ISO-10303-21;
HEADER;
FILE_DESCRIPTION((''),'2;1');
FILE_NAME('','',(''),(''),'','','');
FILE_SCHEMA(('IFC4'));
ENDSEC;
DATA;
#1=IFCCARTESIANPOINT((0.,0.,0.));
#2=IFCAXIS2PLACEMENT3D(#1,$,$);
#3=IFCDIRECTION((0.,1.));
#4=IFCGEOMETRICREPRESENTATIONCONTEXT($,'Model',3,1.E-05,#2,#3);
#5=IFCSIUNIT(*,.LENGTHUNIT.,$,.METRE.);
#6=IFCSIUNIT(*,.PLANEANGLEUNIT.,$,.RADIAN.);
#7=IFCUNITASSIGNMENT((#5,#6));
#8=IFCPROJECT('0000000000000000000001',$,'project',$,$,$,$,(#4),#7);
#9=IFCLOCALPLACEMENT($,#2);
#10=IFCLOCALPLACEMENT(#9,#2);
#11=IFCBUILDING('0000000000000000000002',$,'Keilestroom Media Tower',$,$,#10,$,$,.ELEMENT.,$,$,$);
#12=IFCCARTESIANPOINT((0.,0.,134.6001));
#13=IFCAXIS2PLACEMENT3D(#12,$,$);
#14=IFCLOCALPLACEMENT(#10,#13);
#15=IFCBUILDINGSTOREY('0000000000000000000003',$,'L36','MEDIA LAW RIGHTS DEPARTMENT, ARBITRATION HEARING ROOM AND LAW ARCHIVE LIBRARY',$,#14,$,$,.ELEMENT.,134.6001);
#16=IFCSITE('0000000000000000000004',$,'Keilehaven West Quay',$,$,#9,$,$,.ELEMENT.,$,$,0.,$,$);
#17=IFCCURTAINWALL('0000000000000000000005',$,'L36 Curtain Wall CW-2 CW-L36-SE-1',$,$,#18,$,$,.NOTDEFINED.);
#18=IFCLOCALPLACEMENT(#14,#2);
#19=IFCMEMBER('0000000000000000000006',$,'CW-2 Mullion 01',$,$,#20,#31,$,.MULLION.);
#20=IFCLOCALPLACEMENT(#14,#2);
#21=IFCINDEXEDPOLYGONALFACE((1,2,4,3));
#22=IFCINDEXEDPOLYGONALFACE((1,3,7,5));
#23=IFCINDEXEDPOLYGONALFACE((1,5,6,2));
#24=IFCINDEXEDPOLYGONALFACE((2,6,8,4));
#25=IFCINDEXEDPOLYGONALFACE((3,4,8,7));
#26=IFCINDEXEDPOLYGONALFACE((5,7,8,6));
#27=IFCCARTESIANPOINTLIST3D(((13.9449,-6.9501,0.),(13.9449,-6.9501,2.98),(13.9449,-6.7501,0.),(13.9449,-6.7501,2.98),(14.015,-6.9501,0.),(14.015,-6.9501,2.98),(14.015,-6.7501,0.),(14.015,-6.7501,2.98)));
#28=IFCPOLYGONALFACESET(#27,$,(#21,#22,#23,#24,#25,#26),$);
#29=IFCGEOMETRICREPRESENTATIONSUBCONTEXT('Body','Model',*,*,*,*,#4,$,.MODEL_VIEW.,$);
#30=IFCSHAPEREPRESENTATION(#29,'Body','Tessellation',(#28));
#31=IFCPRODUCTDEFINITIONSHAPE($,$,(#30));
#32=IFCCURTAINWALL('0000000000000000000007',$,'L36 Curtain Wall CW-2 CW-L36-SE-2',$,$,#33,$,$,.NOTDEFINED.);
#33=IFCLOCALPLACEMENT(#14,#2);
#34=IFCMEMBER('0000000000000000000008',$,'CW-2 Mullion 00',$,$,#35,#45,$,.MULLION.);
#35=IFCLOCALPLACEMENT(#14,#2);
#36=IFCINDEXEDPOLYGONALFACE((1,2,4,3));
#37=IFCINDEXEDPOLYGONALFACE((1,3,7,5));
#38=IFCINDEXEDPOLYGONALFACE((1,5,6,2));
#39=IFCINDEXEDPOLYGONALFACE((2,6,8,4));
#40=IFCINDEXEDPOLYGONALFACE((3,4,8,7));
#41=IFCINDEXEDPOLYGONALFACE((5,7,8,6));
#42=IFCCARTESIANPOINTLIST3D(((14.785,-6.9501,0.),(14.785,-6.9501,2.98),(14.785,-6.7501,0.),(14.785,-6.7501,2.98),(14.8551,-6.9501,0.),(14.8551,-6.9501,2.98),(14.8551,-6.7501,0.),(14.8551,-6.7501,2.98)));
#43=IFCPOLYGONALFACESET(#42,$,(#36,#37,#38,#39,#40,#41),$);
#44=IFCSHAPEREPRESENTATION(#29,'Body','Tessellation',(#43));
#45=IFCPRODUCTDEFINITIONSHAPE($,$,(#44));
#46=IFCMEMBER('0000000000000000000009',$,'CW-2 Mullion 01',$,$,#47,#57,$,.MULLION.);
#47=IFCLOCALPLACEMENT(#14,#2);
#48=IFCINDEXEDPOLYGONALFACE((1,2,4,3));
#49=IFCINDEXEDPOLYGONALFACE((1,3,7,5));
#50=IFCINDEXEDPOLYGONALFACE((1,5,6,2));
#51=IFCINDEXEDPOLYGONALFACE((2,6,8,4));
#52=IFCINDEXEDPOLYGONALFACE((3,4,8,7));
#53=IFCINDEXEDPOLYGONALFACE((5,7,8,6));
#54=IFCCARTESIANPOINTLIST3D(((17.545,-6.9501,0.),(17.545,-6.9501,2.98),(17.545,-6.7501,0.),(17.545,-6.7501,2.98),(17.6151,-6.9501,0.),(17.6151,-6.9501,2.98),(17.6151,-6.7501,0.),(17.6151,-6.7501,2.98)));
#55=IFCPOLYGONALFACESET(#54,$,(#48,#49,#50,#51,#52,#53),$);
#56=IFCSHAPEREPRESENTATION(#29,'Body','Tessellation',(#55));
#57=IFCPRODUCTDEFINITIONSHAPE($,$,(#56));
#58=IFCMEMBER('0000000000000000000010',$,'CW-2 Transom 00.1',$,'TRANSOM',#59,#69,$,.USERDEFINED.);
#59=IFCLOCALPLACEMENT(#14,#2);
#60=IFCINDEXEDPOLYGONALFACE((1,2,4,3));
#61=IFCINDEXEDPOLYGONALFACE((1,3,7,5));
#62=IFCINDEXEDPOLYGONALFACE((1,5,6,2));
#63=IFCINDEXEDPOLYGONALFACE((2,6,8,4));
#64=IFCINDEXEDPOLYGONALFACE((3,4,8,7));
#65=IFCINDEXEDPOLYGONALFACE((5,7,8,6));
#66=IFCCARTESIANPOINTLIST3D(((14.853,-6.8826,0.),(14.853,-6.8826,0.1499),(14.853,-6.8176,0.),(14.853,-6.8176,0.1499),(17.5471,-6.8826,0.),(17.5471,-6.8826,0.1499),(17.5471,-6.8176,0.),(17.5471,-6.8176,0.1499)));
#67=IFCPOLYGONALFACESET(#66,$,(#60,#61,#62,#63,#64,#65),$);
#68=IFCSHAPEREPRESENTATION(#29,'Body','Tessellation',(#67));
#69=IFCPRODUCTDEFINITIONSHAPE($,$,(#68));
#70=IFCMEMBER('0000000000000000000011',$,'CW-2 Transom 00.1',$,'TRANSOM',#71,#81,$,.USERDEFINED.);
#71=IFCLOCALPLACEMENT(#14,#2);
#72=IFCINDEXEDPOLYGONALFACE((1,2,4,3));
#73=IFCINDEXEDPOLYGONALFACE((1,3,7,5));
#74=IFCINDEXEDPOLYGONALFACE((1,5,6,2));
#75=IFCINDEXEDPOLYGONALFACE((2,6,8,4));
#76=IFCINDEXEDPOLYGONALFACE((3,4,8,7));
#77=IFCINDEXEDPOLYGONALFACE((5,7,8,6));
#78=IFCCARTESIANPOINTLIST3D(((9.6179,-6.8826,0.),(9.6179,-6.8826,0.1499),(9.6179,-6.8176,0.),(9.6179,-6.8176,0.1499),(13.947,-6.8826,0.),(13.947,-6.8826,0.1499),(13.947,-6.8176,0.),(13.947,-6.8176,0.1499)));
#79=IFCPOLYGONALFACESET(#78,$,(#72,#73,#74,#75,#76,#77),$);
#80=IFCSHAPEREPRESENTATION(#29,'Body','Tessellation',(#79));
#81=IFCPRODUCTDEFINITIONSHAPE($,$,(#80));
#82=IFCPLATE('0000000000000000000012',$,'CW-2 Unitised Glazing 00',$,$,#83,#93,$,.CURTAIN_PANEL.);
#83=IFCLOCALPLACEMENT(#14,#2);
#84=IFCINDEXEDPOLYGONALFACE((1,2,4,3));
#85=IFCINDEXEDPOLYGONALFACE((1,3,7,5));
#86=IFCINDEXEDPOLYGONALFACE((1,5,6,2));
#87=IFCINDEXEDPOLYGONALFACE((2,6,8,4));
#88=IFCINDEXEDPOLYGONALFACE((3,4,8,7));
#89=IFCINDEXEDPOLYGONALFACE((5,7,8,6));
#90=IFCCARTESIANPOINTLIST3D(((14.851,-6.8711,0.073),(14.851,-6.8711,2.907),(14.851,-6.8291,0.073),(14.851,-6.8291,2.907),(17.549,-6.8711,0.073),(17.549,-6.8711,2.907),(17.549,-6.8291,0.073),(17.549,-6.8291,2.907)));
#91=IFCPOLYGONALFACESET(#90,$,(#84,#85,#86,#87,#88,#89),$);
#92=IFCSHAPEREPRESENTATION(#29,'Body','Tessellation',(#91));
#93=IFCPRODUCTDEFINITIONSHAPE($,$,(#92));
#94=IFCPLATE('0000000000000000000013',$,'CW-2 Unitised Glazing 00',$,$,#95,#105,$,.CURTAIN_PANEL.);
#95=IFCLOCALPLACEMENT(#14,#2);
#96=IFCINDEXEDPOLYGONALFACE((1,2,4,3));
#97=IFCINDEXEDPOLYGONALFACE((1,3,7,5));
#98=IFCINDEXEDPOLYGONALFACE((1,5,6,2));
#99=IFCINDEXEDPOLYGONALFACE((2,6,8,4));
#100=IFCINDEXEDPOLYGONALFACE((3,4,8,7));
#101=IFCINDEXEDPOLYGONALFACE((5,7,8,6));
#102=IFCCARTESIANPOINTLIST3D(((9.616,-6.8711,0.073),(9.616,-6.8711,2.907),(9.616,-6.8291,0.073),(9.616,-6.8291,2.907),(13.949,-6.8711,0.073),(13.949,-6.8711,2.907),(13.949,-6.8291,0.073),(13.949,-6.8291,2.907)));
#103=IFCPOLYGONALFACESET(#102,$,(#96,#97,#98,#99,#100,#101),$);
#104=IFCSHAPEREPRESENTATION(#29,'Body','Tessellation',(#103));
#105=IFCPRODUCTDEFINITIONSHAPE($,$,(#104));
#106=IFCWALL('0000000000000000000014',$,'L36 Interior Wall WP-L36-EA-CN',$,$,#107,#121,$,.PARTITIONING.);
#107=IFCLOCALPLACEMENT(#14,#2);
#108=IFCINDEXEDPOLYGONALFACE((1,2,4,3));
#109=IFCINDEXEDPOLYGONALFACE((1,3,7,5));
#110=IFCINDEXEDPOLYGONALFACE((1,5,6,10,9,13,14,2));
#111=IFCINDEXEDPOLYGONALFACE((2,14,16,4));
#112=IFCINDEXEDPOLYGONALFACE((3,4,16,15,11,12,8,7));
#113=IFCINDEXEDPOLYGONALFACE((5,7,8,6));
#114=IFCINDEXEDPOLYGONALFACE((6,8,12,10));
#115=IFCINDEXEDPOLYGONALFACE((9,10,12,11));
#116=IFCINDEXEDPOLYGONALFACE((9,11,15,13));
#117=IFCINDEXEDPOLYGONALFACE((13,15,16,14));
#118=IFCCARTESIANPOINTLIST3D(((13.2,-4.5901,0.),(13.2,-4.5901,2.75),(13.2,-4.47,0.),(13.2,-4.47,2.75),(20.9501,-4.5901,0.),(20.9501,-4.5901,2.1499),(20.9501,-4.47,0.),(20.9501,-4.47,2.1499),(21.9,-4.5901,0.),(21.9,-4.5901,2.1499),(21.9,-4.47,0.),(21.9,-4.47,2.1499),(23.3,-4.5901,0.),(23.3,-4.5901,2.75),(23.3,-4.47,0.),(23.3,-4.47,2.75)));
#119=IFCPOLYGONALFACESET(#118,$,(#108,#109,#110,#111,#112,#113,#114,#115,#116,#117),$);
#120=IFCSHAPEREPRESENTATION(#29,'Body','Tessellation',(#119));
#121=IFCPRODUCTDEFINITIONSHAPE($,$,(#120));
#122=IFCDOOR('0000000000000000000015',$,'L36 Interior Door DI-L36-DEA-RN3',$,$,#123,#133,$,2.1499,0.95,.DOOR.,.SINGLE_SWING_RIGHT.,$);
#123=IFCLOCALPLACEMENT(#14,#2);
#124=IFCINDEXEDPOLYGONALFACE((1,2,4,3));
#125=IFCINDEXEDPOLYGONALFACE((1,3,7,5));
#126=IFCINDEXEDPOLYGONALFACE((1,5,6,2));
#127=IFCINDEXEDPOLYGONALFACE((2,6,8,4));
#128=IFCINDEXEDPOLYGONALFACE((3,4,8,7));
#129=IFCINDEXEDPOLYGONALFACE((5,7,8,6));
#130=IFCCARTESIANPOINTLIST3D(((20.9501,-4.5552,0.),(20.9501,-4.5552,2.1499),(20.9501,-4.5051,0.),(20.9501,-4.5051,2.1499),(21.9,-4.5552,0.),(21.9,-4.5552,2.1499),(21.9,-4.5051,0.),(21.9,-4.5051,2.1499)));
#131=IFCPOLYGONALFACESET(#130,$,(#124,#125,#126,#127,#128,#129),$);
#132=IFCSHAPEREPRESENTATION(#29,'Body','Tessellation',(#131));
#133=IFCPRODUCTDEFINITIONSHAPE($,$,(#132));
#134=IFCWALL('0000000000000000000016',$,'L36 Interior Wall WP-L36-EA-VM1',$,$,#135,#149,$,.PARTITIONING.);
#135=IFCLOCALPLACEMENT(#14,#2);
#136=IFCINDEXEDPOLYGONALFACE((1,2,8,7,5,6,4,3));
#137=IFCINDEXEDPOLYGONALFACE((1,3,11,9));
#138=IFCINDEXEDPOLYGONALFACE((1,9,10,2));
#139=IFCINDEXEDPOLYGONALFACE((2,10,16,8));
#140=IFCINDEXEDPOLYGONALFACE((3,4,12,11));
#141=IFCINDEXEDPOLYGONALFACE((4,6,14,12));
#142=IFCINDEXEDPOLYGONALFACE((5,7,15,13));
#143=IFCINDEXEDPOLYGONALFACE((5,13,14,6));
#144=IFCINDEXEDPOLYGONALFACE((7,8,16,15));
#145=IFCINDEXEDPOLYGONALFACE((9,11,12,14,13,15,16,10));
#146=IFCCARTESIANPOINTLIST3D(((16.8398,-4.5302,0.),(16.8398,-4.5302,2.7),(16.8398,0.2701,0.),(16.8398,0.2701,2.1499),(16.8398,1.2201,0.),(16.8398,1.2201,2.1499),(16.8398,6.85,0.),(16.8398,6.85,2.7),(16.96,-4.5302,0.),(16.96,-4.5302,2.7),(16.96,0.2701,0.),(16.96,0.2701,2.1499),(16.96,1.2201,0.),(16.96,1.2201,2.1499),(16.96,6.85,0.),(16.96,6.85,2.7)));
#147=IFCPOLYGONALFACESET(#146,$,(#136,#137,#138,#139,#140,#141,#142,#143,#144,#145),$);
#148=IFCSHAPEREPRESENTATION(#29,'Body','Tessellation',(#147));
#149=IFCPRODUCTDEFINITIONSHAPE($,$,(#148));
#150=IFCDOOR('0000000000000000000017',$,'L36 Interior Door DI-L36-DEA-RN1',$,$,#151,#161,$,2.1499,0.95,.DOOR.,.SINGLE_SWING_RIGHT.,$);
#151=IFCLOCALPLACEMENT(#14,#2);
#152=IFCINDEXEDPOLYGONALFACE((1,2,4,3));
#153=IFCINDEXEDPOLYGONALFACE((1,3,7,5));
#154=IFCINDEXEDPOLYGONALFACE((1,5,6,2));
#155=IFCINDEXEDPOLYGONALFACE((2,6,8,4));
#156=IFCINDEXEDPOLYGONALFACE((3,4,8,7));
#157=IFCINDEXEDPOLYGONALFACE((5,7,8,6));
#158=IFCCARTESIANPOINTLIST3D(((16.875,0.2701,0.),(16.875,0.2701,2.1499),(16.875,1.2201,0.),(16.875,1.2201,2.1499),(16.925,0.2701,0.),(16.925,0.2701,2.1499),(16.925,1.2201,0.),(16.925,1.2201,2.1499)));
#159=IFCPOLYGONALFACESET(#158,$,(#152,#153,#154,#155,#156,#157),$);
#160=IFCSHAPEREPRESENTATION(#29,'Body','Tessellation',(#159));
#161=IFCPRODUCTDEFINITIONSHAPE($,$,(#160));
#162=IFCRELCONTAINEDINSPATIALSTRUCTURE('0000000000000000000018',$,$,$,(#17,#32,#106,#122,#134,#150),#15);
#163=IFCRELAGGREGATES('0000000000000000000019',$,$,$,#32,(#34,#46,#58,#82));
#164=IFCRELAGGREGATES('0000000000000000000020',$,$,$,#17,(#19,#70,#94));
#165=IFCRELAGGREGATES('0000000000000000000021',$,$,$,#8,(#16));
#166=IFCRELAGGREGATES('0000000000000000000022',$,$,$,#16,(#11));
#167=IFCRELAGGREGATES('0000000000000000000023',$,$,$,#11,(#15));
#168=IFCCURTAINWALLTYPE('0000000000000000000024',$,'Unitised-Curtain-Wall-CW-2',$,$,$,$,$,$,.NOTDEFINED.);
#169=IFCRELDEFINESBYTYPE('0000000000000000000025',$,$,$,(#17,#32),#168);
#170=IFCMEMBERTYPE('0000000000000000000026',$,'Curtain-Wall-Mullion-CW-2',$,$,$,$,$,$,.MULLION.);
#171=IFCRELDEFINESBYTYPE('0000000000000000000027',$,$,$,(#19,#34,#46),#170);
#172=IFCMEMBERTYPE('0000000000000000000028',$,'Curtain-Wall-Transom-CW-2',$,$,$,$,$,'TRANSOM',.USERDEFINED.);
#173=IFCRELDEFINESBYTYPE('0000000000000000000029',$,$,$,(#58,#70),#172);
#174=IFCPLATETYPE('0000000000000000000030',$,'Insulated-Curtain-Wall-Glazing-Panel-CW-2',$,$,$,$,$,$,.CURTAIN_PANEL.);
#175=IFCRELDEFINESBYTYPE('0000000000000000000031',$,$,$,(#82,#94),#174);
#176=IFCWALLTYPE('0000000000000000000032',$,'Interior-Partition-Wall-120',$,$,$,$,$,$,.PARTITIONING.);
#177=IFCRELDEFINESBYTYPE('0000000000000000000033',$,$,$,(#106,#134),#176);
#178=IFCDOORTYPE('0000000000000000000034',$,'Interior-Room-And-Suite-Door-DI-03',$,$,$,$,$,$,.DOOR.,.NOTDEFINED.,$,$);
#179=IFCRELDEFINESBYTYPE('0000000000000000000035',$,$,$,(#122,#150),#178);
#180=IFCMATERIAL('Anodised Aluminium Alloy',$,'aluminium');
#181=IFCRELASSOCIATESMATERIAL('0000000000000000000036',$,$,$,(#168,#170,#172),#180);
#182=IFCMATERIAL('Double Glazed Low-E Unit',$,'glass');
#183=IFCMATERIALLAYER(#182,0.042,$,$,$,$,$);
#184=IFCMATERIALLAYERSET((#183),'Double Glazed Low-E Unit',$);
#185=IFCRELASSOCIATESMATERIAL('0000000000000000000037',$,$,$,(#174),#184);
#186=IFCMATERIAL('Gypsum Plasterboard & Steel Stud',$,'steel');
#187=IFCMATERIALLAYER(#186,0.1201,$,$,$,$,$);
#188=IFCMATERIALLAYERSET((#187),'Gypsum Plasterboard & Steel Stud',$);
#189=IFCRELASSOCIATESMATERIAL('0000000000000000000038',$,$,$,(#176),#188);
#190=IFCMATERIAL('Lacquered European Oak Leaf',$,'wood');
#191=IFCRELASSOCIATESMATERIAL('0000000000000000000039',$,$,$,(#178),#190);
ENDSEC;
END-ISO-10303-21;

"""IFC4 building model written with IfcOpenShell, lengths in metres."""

from ifc_helpers import new_model, si_unit, direction, frame, frame_2d, origin, origin_2d, place, context, subcontext, project, spatial, rectangle, extrude, source, transform, mapped, material, layer, layer_set, material_profile, profile_set, type_object, element, fill, aggregate, save


model = new_model("IFC4")

# Units and contexts
model_context = context("Model", 3, precision=1e-05, world=origin(), true_north=direction((0.0, 1.0)))
body_context = subcontext(model_context, "Body", "Model", "MODEL_VIEW")
ifc_project = project(units=[si_unit("LENGTHUNIT", "METRE"), si_unit("PLANEANGLEUNIT", "RADIAN")], contexts=[model_context])

# Site, building, storey
site_placement = place(None, origin())
site = spatial("IfcSite", under=ifc_project, at=site_placement, Name="Keilehaven West Quay", CompositionType="ELEMENT", RefElevation=0.0)
building_placement = place(site_placement, origin())
building = spatial("IfcBuilding", under=site, at=building_placement, Name="Keilestroom Media Tower", CompositionType="ELEMENT")
storey_placement = place(building_placement, frame((0.0, 0.0, 134.6001)))
storey = spatial("IfcBuildingStorey", under=building, at=storey_placement, Name="L36", Description="MEDIA LAW RIGHTS DEPARTMENT, ARBITRATION HEARING ROOM AND LAW ARCHIVE LIBRARY", CompositionType="ELEMENT", Elevation=134.6001)

# Curtain wall, member
ifc_material_1 = material(Name="Anodised Aluminium Alloy", Category="aluminium")
curtain_wall_type = type_object("IfcCurtainWallType", Name="Unitised-Curtain-Wall-CW-2", PredefinedType="NOTDEFINED", material=ifc_material_1)
curtain_wall_1_placement = place(storey_placement, origin())
curtain_wall_1 = element("IfcCurtainWall", 1, at=curtain_wall_1_placement, inside=storey, type_object=curtain_wall_type, Name="L36 Curtain Wall CW-2 CW-L36-SE-1", PredefinedType="NOTDEFINED")
ifc_material_profile_1 = material_profile(ifc_material_1, rectangle(XDim=0.0701, YDim=0.2, at=origin_2d()), Name="ALU MULLION 70x200")
ifc_profile_set_1 = profile_set([ifc_material_profile_1], Name="Anodised Aluminium Alloy")
member_type_1 = type_object("IfcMemberType", Name="Curtain-Wall-Mullion-CW-2", PredefinedType="MULLION", material=ifc_profile_set_1)
shared_shape_1 = source(origin(), body_context, "Body", "SweptSolid", [
    extrude(rectangle(XDim=0.0701, YDim=0.2, at=origin_2d()), origin(), (0.0, 0.0, 1.0), 2.98),
])
member_1_placement = place(storey_placement, frame((13.98, -6.8501, 0.0), z_axis=(0.0, 0.0, 1.0), x_axis=(1.0, 0.0, 0.0)))
member_1 = element("IfcMember", 2, at=member_1_placement, type_object=member_type_1, Name="CW-2 Mullion 01", PredefinedType="MULLION", context=body_context, shape_type="MappedRepresentation", body=[
    mapped(shared_shape_1, transform((0.0, 0.0, 0.0), x_axis=(1.0, 0.0, 0.0), y_axis=(0.0, 1.0, 0.0), z_axis=(0.0, 0.0, 1.0), scale=1.0)),
])

# Curtain wall, members
curtain_wall_2_placement = place(storey_placement, origin())
curtain_wall_2 = element("IfcCurtainWall", 3, at=curtain_wall_2_placement, inside=storey, type_object=curtain_wall_type, Name="L36 Curtain Wall CW-2 CW-L36-SE-2", PredefinedType="NOTDEFINED")
member_2_placement = place(storey_placement, frame((14.8201, -6.8501, 0.0), z_axis=(0.0, 0.0, 1.0), x_axis=(1.0, 0.0, 0.0)))
member_2 = element("IfcMember", 4, at=member_2_placement, type_object=member_type_1, Name="CW-2 Mullion 00", PredefinedType="MULLION", context=body_context, shape_type="MappedRepresentation", body=[
    mapped(shared_shape_1, transform((0.0, 0.0, 0.0), x_axis=(1.0, 0.0, 0.0), y_axis=(0.0, 1.0, 0.0), z_axis=(0.0, 0.0, 1.0), scale=1.0)),
])
member_3_placement = place(storey_placement, frame((17.5801, -6.8501, 0.0), z_axis=(0.0, 0.0, 1.0), x_axis=(1.0, 0.0, 0.0)))
member_3 = element("IfcMember", 5, at=member_3_placement, type_object=member_type_1, Name="CW-2 Mullion 01", PredefinedType="MULLION", context=body_context, shape_type="MappedRepresentation", body=[
    mapped(shared_shape_1, transform((0.0, 0.0, 0.0), x_axis=(1.0, 0.0, 0.0), y_axis=(0.0, 1.0, 0.0), z_axis=(0.0, 0.0, 1.0), scale=1.0)),
])
ifc_material_profile_2 = material_profile(ifc_material_1, rectangle(XDim=0.0649, YDim=0.1499, at=origin_2d()), Name="ALU TRANSOM 65x150")
ifc_profile_set_2 = profile_set([ifc_material_profile_2], Name="Anodised Aluminium Alloy")
member_type_2 = type_object("IfcMemberType", Name="Curtain-Wall-Transom-CW-2", ElementType="TRANSOM", PredefinedType="USERDEFINED", material=ifc_profile_set_2)
shared_shape_2 = source(origin(), body_context, "Body", "SweptSolid", [
    extrude(rectangle(XDim=0.0649, YDim=0.1499, at=origin_2d()), origin(), (0.0, 0.0, 1.0), 2.6941),
])
member_4_placement = place(storey_placement, frame((14.853, -6.8501, 0.075), z_axis=(1.0, 0.0, 0.0), x_axis=(0.0, 1.0, 0.0)))
member_4 = element("IfcMember", 6, at=member_4_placement, type_object=member_type_2, Name="CW-2 Transom 00.1", ObjectType="TRANSOM", PredefinedType="USERDEFINED", context=body_context, shape_type="MappedRepresentation", body=[
    mapped(shared_shape_2, transform((0.0, 0.0, 0.0), x_axis=(1.0, 0.0, 0.0), y_axis=(0.0, 1.0, 0.0), z_axis=(0.0, 0.0, 1.0), scale=1.0)),
])

# Member
shared_shape_3 = source(origin(), body_context, "Body", "SweptSolid", [
    extrude(rectangle(XDim=0.0649, YDim=0.1499, at=origin_2d()), origin(), (0.0, 0.0, 1.0), 4.3291),
])
member_5_placement = place(storey_placement, frame((9.6179, -6.8501, 0.075), z_axis=(1.0, 0.0, 0.0), x_axis=(0.0, 1.0, 0.0)))
member_5 = element("IfcMember", 7, at=member_5_placement, type_object=member_type_2, Name="CW-2 Transom 00.1", ObjectType="TRANSOM", PredefinedType="USERDEFINED", context=body_context, shape_type="MappedRepresentation", body=[
    mapped(shared_shape_3, transform((0.0, 0.0, 0.0), x_axis=(1.0, 0.0, 0.0), y_axis=(0.0, 1.0, 0.0), z_axis=(0.0, 0.0, 1.0), scale=1.0)),
])

# Plates
ifc_material_2 = material(Name="Double Glazed Low-E Unit", Category="glass")
ifc_layer_1 = layer(ifc_material_2, 0.042)
ifc_layer_set_1 = layer_set([ifc_layer_1], Name="Double Glazed Low-E Unit")
plate_type = type_object("IfcPlateType", Name="Insulated-Curtain-Wall-Glazing-Panel-CW-2", PredefinedType="CURTAIN_PANEL", material=ifc_layer_set_1)
shared_shape_4 = source(origin(), body_context, "Body", "SweptSolid", [
    extrude(rectangle(XDim=2.698, YDim=0.042, at=origin_2d()), origin(), (0.0, 0.0, 1.0), 2.834),
])
plate_1_placement = place(storey_placement, frame((16.2, -6.8501, 0.073), z_axis=(0.0, 0.0, 1.0), x_axis=(1.0, 0.0, 0.0)))
plate_1 = element("IfcPlate", 8, at=plate_1_placement, type_object=plate_type, Name="CW-2 Unitised Glazing 00", PredefinedType="CURTAIN_PANEL", context=body_context, shape_type="MappedRepresentation", body=[
    mapped(shared_shape_4, transform((0.0, 0.0, 0.0), x_axis=(1.0, 0.0, 0.0), y_axis=(0.0, 1.0, 0.0), z_axis=(0.0, 0.0, 1.0), scale=1.0)),
])
aggregate(curtain_wall_2, [member_2, member_3, member_4, plate_1])
shared_shape_5 = source(origin(), body_context, "Body", "SweptSolid", [
    extrude(rectangle(XDim=4.333, YDim=0.042, at=origin_2d()), origin(), (0.0, 0.0, 1.0), 2.834),
])
plate_2_placement = place(storey_placement, frame((11.7825, -6.8501, 0.073), z_axis=(0.0, 0.0, 1.0), x_axis=(1.0, 0.0, 0.0)))
plate_2 = element("IfcPlate", 9, at=plate_2_placement, type_object=plate_type, Name="CW-2 Unitised Glazing 00", PredefinedType="CURTAIN_PANEL", context=body_context, shape_type="MappedRepresentation", body=[
    mapped(shared_shape_5, transform((0.0, 0.0, 0.0), x_axis=(1.0, 0.0, 0.0), y_axis=(0.0, 1.0, 0.0), z_axis=(0.0, 0.0, 1.0), scale=1.0)),
])
aggregate(curtain_wall_1, [member_1, member_5, plate_2])

# Walls, openings, doors
ifc_material_3 = material(Name="Gypsum Plasterboard & Steel Stud", Category="steel")
ifc_layer_2 = layer(ifc_material_3, 0.1201)
ifc_layer_set_2 = layer_set([ifc_layer_2], Name="Gypsum Plasterboard & Steel Stud")
wall_type_1 = type_object("IfcWallType", Name="Interior-Partition-Wall-120", PredefinedType="PARTITIONING", material=ifc_layer_set_2)
wall_1_placement = place(storey_placement, frame((13.2, -4.53, 0.0), z_axis=(0.0, 0.0, 1.0), x_axis=(1.0, 0.0, 0.0)))
wall_1 = element("IfcWall", 10, at=wall_1_placement, inside=storey, type_object=wall_type_1, Name="L36 Interior Wall WP-L36-EA-CN", PredefinedType="PARTITIONING", context=body_context, shape_type="SweptSolid", body=[
    extrude(rectangle(XDim=10.1001, YDim=0.1201, at=frame_2d((5.05, 0.0))), origin(), (0.0, 0.0, 1.0), 2.75),
])
opening_1_placement = place(wall_1_placement, frame((7.75, 0.0, 0.0)))
opening_1 = element("IfcOpeningElement", 11, at=opening_1_placement, cuts=wall_1, PredefinedType="OPENING", context=body_context, shape_type="SweptSolid", body=[
    extrude(rectangle(XDim=0.95, YDim=2.1499, at=frame_2d((0.4751, 1.075))), frame((0.0, 0.0701, 0.0), z_axis=(0.0, -1.0, 0.0), x_axis=(1.0, 0.0, 0.0)), (0.0, 0.0, 1.0), 0.1401),
])
ifc_material_4 = material(Name="Lacquered European Oak Leaf", Category="wood")
door_type_1 = type_object("IfcDoorType", Name="Interior-Room-And-Suite-Door-DI-03", OperationType="NOTDEFINED", PredefinedType="DOOR", material=ifc_material_4)
shared_shape_6 = source(origin(), body_context, "Body", "SweptSolid", [
    extrude(rectangle(XDim=0.95, YDim=2.1499, at=frame_2d((0.4751, 1.075))), frame((0.0, 0.0249, 0.0), z_axis=(0.0, -1.0, 0.0), x_axis=(1.0, 0.0, 0.0)), (0.0, 0.0, 1.0), 0.05),
])
door_1_placement = place(opening_1_placement, origin())
door_1 = element("IfcDoor", 12, at=door_1_placement, inside=storey, type_object=door_type_1, Name="L36 Interior Door DI-L36-DEA-RN3", OperationType="SINGLE_SWING_RIGHT", OverallHeight=2.1499, OverallWidth=0.95, PredefinedType="DOOR", context=body_context, shape_type="MappedRepresentation", body=[
    mapped(shared_shape_6, transform((0.0, 0.0, 0.0), x_axis=(1.0, 0.0, 0.0), y_axis=(0.0, 1.0, 0.0), z_axis=(0.0, 0.0, 1.0), scale=1.0)),
])
fill(opening_1, door_1)
wall_2_placement = place(storey_placement, frame((16.8999, -4.53, 0.0), z_axis=(0.0, 0.0, 1.0), x_axis=(0.0, 1.0, 0.0)))
wall_2 = element("IfcWall", 13, at=wall_2_placement, inside=storey, type_object=wall_type_1, Name="L36 Interior Wall WP-L36-EA-VM1", PredefinedType="PARTITIONING", context=body_context, shape_type="SweptSolid", body=[
    extrude(rectangle(XDim=11.3801, YDim=0.1201, at=frame_2d((5.6899, 0.0))), origin(), (0.0, 0.0, 1.0), 2.7),
])
opening_2_placement = place(wall_2_placement, frame((4.8, 0.0, 0.0)))
opening_2 = element("IfcOpeningElement", 14, at=opening_2_placement, cuts=wall_2, PredefinedType="OPENING", context=body_context, shape_type="SweptSolid", body=[
    extrude(rectangle(XDim=0.95, YDim=2.1499, at=frame_2d((0.4751, 1.075))), frame((0.0, 0.0701, 0.0), z_axis=(0.0, -1.0, 0.0), x_axis=(1.0, 0.0, 0.0)), (0.0, 0.0, 1.0), 0.1401),
])
door_2_placement = place(opening_2_placement, origin())
door_2 = element("IfcDoor", 15, at=door_2_placement, inside=storey, type_object=door_type_1, Name="L36 Interior Door DI-L36-DEA-RN1", OperationType="SINGLE_SWING_RIGHT", OverallHeight=2.1499, OverallWidth=0.95, PredefinedType="DOOR", context=body_context, shape_type="MappedRepresentation", body=[
    mapped(shared_shape_6, transform((0.0, 0.0, 0.0), x_axis=(1.0, 0.0, 0.0), y_axis=(0.0, 1.0, 0.0), z_axis=(0.0, 0.0, 1.0), scale=1.0)),
])
fill(opening_2, door_2)

save(model, "model.ifc")
